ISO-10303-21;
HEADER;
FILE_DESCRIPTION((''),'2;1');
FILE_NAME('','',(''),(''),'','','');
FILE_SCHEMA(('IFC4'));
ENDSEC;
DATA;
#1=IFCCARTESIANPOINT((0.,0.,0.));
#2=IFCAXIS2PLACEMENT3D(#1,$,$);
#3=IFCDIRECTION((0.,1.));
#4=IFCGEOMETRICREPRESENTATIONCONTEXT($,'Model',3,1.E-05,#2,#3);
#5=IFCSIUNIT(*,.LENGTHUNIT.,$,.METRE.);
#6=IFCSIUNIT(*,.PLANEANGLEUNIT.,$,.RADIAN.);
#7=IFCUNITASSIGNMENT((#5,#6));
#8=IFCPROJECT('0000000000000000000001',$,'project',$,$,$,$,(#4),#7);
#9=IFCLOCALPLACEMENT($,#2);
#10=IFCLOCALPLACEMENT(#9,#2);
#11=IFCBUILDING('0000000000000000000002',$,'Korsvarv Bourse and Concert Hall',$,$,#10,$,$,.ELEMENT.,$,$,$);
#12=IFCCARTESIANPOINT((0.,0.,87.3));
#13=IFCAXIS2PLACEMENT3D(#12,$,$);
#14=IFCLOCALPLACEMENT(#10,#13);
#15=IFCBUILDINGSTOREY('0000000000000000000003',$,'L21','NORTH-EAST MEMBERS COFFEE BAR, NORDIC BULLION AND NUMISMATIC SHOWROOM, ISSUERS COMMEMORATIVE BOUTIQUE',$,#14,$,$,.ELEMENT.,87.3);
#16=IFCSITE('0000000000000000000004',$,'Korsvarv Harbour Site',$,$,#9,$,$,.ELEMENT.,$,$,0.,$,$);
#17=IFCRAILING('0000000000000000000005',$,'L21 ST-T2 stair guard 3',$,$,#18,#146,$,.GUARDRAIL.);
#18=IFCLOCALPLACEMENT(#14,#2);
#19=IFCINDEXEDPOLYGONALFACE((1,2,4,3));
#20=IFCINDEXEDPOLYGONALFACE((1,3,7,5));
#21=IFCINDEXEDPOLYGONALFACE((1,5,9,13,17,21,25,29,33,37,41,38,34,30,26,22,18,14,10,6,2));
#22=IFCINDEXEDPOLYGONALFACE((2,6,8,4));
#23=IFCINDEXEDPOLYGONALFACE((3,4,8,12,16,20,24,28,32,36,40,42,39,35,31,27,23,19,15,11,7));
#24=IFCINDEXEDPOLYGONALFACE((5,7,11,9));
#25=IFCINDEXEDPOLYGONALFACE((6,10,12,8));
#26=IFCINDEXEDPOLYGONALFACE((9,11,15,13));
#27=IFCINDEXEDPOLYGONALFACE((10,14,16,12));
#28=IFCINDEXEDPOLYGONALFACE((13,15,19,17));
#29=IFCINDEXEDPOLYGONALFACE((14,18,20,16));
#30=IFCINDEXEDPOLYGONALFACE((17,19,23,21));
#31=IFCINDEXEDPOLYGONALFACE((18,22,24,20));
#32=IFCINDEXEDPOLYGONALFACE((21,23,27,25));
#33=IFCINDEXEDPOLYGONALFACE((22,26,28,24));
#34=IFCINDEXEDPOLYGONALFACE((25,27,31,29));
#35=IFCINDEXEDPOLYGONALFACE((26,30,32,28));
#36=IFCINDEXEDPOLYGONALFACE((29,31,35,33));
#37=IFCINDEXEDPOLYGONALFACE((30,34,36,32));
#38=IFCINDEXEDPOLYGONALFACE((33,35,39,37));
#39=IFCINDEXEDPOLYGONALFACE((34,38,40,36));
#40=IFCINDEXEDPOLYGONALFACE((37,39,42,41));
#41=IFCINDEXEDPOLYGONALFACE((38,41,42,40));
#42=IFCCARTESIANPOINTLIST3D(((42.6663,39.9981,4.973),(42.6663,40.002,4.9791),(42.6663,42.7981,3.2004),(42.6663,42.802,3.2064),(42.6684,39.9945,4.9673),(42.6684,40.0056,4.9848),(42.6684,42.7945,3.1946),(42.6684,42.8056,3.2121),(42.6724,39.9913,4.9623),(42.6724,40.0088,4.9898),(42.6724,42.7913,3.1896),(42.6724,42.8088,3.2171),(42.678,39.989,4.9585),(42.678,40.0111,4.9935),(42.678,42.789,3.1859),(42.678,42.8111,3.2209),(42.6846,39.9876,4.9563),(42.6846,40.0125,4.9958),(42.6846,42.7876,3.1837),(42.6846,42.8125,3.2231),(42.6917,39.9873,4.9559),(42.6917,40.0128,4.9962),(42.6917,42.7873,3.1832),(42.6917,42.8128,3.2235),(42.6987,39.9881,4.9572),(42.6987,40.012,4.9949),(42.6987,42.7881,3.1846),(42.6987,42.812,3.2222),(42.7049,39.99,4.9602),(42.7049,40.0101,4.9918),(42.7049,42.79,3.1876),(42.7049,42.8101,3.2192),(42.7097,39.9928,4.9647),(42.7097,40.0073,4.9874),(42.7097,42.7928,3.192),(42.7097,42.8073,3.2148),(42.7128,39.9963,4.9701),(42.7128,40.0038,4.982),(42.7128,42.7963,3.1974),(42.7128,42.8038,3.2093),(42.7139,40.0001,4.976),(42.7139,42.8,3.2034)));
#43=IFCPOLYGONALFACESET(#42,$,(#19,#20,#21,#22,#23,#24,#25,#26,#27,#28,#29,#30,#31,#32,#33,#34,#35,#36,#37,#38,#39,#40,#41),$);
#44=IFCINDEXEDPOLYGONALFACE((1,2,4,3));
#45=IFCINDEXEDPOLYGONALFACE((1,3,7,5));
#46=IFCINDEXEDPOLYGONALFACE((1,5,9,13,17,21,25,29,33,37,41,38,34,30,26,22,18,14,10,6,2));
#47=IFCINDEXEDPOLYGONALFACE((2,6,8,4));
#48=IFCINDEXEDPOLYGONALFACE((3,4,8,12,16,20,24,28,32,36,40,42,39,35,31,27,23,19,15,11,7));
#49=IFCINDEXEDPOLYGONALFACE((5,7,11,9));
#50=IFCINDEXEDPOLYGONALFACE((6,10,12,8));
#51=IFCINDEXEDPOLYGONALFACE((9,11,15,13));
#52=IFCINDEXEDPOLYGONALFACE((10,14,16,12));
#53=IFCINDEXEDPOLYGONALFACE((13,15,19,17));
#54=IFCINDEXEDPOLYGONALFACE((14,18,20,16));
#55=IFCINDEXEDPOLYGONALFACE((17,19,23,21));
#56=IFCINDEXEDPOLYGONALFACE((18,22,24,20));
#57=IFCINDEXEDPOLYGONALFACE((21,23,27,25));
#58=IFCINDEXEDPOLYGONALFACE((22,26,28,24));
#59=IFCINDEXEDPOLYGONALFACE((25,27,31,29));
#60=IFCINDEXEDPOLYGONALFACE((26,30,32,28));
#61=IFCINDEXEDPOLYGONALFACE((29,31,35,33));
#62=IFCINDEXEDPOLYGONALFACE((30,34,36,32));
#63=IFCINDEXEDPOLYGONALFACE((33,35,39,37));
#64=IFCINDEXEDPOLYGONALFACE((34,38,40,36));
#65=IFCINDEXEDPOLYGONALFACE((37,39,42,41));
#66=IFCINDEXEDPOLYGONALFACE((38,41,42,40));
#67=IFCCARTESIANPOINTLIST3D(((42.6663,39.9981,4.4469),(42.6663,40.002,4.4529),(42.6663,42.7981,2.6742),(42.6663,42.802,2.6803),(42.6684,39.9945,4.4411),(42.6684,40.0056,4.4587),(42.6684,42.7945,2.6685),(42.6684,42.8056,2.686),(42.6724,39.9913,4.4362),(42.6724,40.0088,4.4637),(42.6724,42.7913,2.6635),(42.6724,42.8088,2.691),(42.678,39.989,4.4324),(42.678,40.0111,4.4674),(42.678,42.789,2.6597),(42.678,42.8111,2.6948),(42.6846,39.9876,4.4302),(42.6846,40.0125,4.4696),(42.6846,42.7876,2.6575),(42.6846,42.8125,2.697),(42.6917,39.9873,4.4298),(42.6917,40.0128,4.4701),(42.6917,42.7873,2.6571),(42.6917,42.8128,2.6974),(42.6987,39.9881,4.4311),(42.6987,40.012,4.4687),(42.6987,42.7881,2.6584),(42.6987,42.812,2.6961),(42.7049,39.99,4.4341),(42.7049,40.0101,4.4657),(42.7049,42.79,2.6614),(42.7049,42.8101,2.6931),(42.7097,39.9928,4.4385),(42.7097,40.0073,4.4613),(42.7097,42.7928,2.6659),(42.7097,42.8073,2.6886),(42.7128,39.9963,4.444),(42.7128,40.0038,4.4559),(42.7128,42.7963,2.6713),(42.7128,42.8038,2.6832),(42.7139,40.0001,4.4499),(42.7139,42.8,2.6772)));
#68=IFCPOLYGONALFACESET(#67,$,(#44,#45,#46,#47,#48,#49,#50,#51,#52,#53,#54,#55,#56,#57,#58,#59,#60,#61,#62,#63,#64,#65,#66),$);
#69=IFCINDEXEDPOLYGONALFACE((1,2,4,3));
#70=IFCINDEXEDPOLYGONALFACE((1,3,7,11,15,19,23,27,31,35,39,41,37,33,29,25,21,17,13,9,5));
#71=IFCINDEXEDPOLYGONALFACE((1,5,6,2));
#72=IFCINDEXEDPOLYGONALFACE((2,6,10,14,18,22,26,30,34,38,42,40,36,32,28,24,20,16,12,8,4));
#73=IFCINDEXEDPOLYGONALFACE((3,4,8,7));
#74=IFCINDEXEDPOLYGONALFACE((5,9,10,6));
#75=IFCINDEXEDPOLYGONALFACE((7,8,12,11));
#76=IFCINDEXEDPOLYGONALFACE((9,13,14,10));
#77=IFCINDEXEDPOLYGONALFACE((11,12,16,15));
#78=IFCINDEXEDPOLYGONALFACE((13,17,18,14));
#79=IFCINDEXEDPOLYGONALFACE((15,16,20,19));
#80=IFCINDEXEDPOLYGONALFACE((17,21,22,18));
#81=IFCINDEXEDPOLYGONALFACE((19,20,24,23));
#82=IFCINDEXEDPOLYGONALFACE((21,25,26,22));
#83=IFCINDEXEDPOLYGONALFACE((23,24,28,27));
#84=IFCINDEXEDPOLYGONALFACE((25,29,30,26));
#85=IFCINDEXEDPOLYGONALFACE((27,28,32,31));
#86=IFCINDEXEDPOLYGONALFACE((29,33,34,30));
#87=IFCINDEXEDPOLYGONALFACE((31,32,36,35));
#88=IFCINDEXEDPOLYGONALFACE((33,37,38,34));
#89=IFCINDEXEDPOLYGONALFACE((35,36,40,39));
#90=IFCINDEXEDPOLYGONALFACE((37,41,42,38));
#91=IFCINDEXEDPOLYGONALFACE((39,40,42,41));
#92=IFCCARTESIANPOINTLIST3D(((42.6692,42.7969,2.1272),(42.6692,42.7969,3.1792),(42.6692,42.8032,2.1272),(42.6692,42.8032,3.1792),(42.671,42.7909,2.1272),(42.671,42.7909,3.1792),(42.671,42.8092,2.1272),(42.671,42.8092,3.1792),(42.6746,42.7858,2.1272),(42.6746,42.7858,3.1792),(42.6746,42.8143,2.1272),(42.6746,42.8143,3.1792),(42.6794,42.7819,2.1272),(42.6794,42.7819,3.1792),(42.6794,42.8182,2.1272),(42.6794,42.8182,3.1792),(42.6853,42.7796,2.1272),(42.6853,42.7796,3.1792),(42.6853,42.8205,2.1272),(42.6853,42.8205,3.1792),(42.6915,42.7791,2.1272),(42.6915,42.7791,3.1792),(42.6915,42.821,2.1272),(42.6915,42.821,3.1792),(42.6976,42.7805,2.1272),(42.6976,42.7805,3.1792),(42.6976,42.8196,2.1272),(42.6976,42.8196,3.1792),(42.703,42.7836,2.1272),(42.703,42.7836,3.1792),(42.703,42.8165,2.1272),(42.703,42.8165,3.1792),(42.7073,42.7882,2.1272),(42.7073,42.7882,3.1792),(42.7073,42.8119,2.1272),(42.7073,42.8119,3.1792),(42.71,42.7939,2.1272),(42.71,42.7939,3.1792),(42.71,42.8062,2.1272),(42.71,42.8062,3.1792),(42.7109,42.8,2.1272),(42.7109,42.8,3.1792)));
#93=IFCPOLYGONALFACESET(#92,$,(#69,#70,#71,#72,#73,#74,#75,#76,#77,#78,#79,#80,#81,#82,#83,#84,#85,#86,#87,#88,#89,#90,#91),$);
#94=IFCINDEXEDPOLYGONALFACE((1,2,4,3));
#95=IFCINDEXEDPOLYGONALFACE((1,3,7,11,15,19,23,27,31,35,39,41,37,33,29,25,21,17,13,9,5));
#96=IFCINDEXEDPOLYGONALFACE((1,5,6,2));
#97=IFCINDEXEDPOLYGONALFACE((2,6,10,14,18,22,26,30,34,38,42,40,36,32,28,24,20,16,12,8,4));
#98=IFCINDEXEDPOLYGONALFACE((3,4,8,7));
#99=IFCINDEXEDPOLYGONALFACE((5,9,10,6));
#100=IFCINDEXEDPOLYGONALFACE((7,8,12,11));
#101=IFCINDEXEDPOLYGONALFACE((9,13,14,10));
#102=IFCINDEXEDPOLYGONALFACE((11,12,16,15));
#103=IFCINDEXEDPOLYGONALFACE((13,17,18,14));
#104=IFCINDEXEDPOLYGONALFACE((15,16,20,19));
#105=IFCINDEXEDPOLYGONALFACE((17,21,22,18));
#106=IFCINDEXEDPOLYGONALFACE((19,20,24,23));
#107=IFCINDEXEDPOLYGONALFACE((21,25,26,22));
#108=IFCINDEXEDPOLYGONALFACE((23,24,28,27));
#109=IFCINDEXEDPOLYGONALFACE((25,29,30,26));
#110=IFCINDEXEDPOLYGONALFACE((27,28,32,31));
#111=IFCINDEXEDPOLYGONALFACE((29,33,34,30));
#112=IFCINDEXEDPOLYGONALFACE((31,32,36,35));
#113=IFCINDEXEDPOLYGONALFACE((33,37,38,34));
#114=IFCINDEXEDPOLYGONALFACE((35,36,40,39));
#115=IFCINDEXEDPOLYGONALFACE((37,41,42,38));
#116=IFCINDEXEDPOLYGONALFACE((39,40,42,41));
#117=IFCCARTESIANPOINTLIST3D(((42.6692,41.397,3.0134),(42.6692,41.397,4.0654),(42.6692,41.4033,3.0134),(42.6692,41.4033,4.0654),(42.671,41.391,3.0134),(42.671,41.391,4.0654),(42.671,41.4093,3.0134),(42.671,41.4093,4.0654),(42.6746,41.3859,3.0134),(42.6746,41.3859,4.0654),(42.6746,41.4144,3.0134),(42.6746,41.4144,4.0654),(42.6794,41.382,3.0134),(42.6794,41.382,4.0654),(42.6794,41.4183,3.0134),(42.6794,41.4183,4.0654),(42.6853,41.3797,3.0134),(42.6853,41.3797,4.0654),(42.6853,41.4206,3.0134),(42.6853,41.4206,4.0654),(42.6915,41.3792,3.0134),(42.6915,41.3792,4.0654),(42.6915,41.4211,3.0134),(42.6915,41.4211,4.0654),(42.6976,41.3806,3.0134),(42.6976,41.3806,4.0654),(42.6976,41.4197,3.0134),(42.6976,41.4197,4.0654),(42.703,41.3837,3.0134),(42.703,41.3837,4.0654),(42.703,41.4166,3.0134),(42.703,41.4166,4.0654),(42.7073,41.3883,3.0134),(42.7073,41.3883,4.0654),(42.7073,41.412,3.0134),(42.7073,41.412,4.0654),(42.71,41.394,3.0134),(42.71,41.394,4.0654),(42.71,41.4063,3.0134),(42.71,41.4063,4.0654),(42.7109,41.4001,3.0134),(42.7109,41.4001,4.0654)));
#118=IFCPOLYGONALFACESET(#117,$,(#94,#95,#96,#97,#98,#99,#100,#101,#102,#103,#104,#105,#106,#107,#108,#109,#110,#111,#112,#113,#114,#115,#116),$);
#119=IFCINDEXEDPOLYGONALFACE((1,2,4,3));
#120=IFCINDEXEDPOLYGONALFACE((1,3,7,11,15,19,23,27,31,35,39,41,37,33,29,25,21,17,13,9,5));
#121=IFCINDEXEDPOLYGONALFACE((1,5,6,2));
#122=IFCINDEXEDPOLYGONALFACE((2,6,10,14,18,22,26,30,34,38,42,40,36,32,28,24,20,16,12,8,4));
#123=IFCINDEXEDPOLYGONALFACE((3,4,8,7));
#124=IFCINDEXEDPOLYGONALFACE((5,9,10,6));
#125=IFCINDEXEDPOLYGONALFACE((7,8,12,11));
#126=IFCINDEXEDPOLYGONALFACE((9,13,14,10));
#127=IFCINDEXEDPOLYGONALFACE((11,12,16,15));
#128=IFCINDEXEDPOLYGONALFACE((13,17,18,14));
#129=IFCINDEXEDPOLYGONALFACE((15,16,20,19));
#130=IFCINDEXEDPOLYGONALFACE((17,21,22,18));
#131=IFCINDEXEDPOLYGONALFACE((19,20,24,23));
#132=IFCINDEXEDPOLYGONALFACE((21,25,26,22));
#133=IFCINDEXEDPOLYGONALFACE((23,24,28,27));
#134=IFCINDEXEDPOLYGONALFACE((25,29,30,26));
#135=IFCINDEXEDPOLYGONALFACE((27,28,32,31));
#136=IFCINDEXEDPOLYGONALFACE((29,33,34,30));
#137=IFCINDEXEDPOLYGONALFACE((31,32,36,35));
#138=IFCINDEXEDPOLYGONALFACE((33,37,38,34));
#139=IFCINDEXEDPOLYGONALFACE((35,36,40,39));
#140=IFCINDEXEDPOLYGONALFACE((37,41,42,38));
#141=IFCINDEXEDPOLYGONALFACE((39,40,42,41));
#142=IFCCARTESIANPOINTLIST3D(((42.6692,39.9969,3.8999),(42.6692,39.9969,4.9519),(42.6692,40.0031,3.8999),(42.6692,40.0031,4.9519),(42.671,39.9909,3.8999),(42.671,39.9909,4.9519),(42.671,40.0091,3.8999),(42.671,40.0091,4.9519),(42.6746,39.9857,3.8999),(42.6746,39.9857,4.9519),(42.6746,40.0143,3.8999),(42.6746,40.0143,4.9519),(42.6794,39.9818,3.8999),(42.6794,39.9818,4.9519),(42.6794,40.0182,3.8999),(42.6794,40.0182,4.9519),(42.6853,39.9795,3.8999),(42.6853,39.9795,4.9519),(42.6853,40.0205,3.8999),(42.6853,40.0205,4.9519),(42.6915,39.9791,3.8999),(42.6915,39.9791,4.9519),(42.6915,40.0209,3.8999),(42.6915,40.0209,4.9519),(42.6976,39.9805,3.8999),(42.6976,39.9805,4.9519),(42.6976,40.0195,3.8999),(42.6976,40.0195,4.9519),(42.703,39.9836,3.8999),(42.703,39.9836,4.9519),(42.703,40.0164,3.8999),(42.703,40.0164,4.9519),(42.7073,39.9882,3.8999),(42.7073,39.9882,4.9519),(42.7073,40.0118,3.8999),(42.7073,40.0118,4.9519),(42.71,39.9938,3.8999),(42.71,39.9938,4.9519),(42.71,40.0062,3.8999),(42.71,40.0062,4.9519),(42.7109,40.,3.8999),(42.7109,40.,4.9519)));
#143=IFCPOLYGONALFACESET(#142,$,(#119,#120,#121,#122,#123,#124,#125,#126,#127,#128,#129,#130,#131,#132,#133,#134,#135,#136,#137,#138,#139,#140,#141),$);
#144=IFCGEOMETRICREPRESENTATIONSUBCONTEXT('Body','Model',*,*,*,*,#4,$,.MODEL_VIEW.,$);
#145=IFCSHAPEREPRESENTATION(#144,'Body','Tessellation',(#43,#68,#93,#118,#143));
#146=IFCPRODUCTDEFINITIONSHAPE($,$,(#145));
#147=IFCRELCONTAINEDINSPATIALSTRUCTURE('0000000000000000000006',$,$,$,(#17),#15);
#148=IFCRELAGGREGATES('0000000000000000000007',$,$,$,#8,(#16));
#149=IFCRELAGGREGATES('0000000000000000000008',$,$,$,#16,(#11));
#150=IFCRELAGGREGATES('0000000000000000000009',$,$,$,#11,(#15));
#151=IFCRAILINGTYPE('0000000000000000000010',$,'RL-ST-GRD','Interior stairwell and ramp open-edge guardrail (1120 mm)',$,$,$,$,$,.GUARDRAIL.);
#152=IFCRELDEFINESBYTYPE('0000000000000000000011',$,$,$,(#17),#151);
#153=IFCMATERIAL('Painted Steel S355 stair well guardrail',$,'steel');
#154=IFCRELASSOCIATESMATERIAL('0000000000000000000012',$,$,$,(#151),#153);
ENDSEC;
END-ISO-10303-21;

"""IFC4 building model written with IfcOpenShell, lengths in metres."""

from ifc_helpers import new_model, si_unit, direction, frame, origin, origin_2d, place, context, subcontext, project, spatial, circle, extrude, material, type_object, element, save


model = new_model("IFC4")

# Units and contexts
model_context = context("Model", 3, precision=1e-05, world=origin(), true_north=direction((0.0, 1.0)))
body_context = subcontext(model_context, "Body", "Model", "MODEL_VIEW")
ifc_project = project(units=[si_unit("LENGTHUNIT", "METRE"), si_unit("PLANEANGLEUNIT", "RADIAN")], contexts=[model_context])

# Site, building, storey
site_placement = place(None, origin())
site = spatial("IfcSite", under=ifc_project, at=site_placement, Name="Korsvarv Harbour Site", CompositionType="ELEMENT", RefElevation=0.0)
building_placement = place(site_placement, origin())
building = spatial("IfcBuilding", under=site, at=building_placement, Name="Korsvarv Bourse and Concert Hall", CompositionType="ELEMENT")
storey_placement = place(building_placement, frame((0.0, 0.0, 87.3)))
storey = spatial("IfcBuildingStorey", under=building, at=storey_placement, Name="L21", Description="NORTH-EAST MEMBERS COFFEE BAR, NORDIC BULLION AND NUMISMATIC SHOWROOM, ISSUERS COMMEMORATIVE BOUTIQUE", CompositionType="ELEMENT", Elevation=87.3)

# Railing
ifc_material_1 = material(Name="Painted Steel S355 stair well guardrail", Category="steel")
railing_type_1 = type_object("IfcRailingType", Name="RL-ST-GRD", Description="Interior stairwell and ramp open-edge guardrail (1120 mm)", PredefinedType="GUARDRAIL", material=ifc_material_1)
railing_1_placement = place(storey_placement, frame((42.6899, 42.8, 2.1272)))
element("IfcRailing", 1, at=railing_1_placement, inside=storey, type_object=railing_type_1, Name="L21 ST-T2 stair guard 3", PredefinedType="GUARDRAIL", context=body_context, shape_type="SweptSolid", body=[
    extrude(circle(Radius=0.0239, at=origin_2d()), frame((0.0, 0.0, 1.0762), z_axis=(0.0, -0.844909, 0.53491), x_axis=(1.0, 0.0, 0.0)), (0.0, 0.0, 1.0), 3.314),
    extrude(circle(Radius=0.0239, at=origin_2d()), frame((0.0, 0.0, 0.55), z_axis=(0.0, -0.844909, 0.53491), x_axis=(1.0, 0.0, 0.0)), (0.0, 0.0, 1.0), 3.314),
    extrude(circle(Radius=0.021, at=origin_2d()), origin(), (0.0, 0.0, 1.0), 1.052),
    extrude(circle(Radius=0.021, at=origin_2d()), frame((0.0, -1.3999, 0.8862)), (0.0, 0.0, 1.0), 1.052),
    extrude(circle(Radius=0.021, at=origin_2d()), frame((0.0, -2.8, 1.7727)), (0.0, 0.0, 1.0), 1.052),
])

save(model, "model.ifc")
